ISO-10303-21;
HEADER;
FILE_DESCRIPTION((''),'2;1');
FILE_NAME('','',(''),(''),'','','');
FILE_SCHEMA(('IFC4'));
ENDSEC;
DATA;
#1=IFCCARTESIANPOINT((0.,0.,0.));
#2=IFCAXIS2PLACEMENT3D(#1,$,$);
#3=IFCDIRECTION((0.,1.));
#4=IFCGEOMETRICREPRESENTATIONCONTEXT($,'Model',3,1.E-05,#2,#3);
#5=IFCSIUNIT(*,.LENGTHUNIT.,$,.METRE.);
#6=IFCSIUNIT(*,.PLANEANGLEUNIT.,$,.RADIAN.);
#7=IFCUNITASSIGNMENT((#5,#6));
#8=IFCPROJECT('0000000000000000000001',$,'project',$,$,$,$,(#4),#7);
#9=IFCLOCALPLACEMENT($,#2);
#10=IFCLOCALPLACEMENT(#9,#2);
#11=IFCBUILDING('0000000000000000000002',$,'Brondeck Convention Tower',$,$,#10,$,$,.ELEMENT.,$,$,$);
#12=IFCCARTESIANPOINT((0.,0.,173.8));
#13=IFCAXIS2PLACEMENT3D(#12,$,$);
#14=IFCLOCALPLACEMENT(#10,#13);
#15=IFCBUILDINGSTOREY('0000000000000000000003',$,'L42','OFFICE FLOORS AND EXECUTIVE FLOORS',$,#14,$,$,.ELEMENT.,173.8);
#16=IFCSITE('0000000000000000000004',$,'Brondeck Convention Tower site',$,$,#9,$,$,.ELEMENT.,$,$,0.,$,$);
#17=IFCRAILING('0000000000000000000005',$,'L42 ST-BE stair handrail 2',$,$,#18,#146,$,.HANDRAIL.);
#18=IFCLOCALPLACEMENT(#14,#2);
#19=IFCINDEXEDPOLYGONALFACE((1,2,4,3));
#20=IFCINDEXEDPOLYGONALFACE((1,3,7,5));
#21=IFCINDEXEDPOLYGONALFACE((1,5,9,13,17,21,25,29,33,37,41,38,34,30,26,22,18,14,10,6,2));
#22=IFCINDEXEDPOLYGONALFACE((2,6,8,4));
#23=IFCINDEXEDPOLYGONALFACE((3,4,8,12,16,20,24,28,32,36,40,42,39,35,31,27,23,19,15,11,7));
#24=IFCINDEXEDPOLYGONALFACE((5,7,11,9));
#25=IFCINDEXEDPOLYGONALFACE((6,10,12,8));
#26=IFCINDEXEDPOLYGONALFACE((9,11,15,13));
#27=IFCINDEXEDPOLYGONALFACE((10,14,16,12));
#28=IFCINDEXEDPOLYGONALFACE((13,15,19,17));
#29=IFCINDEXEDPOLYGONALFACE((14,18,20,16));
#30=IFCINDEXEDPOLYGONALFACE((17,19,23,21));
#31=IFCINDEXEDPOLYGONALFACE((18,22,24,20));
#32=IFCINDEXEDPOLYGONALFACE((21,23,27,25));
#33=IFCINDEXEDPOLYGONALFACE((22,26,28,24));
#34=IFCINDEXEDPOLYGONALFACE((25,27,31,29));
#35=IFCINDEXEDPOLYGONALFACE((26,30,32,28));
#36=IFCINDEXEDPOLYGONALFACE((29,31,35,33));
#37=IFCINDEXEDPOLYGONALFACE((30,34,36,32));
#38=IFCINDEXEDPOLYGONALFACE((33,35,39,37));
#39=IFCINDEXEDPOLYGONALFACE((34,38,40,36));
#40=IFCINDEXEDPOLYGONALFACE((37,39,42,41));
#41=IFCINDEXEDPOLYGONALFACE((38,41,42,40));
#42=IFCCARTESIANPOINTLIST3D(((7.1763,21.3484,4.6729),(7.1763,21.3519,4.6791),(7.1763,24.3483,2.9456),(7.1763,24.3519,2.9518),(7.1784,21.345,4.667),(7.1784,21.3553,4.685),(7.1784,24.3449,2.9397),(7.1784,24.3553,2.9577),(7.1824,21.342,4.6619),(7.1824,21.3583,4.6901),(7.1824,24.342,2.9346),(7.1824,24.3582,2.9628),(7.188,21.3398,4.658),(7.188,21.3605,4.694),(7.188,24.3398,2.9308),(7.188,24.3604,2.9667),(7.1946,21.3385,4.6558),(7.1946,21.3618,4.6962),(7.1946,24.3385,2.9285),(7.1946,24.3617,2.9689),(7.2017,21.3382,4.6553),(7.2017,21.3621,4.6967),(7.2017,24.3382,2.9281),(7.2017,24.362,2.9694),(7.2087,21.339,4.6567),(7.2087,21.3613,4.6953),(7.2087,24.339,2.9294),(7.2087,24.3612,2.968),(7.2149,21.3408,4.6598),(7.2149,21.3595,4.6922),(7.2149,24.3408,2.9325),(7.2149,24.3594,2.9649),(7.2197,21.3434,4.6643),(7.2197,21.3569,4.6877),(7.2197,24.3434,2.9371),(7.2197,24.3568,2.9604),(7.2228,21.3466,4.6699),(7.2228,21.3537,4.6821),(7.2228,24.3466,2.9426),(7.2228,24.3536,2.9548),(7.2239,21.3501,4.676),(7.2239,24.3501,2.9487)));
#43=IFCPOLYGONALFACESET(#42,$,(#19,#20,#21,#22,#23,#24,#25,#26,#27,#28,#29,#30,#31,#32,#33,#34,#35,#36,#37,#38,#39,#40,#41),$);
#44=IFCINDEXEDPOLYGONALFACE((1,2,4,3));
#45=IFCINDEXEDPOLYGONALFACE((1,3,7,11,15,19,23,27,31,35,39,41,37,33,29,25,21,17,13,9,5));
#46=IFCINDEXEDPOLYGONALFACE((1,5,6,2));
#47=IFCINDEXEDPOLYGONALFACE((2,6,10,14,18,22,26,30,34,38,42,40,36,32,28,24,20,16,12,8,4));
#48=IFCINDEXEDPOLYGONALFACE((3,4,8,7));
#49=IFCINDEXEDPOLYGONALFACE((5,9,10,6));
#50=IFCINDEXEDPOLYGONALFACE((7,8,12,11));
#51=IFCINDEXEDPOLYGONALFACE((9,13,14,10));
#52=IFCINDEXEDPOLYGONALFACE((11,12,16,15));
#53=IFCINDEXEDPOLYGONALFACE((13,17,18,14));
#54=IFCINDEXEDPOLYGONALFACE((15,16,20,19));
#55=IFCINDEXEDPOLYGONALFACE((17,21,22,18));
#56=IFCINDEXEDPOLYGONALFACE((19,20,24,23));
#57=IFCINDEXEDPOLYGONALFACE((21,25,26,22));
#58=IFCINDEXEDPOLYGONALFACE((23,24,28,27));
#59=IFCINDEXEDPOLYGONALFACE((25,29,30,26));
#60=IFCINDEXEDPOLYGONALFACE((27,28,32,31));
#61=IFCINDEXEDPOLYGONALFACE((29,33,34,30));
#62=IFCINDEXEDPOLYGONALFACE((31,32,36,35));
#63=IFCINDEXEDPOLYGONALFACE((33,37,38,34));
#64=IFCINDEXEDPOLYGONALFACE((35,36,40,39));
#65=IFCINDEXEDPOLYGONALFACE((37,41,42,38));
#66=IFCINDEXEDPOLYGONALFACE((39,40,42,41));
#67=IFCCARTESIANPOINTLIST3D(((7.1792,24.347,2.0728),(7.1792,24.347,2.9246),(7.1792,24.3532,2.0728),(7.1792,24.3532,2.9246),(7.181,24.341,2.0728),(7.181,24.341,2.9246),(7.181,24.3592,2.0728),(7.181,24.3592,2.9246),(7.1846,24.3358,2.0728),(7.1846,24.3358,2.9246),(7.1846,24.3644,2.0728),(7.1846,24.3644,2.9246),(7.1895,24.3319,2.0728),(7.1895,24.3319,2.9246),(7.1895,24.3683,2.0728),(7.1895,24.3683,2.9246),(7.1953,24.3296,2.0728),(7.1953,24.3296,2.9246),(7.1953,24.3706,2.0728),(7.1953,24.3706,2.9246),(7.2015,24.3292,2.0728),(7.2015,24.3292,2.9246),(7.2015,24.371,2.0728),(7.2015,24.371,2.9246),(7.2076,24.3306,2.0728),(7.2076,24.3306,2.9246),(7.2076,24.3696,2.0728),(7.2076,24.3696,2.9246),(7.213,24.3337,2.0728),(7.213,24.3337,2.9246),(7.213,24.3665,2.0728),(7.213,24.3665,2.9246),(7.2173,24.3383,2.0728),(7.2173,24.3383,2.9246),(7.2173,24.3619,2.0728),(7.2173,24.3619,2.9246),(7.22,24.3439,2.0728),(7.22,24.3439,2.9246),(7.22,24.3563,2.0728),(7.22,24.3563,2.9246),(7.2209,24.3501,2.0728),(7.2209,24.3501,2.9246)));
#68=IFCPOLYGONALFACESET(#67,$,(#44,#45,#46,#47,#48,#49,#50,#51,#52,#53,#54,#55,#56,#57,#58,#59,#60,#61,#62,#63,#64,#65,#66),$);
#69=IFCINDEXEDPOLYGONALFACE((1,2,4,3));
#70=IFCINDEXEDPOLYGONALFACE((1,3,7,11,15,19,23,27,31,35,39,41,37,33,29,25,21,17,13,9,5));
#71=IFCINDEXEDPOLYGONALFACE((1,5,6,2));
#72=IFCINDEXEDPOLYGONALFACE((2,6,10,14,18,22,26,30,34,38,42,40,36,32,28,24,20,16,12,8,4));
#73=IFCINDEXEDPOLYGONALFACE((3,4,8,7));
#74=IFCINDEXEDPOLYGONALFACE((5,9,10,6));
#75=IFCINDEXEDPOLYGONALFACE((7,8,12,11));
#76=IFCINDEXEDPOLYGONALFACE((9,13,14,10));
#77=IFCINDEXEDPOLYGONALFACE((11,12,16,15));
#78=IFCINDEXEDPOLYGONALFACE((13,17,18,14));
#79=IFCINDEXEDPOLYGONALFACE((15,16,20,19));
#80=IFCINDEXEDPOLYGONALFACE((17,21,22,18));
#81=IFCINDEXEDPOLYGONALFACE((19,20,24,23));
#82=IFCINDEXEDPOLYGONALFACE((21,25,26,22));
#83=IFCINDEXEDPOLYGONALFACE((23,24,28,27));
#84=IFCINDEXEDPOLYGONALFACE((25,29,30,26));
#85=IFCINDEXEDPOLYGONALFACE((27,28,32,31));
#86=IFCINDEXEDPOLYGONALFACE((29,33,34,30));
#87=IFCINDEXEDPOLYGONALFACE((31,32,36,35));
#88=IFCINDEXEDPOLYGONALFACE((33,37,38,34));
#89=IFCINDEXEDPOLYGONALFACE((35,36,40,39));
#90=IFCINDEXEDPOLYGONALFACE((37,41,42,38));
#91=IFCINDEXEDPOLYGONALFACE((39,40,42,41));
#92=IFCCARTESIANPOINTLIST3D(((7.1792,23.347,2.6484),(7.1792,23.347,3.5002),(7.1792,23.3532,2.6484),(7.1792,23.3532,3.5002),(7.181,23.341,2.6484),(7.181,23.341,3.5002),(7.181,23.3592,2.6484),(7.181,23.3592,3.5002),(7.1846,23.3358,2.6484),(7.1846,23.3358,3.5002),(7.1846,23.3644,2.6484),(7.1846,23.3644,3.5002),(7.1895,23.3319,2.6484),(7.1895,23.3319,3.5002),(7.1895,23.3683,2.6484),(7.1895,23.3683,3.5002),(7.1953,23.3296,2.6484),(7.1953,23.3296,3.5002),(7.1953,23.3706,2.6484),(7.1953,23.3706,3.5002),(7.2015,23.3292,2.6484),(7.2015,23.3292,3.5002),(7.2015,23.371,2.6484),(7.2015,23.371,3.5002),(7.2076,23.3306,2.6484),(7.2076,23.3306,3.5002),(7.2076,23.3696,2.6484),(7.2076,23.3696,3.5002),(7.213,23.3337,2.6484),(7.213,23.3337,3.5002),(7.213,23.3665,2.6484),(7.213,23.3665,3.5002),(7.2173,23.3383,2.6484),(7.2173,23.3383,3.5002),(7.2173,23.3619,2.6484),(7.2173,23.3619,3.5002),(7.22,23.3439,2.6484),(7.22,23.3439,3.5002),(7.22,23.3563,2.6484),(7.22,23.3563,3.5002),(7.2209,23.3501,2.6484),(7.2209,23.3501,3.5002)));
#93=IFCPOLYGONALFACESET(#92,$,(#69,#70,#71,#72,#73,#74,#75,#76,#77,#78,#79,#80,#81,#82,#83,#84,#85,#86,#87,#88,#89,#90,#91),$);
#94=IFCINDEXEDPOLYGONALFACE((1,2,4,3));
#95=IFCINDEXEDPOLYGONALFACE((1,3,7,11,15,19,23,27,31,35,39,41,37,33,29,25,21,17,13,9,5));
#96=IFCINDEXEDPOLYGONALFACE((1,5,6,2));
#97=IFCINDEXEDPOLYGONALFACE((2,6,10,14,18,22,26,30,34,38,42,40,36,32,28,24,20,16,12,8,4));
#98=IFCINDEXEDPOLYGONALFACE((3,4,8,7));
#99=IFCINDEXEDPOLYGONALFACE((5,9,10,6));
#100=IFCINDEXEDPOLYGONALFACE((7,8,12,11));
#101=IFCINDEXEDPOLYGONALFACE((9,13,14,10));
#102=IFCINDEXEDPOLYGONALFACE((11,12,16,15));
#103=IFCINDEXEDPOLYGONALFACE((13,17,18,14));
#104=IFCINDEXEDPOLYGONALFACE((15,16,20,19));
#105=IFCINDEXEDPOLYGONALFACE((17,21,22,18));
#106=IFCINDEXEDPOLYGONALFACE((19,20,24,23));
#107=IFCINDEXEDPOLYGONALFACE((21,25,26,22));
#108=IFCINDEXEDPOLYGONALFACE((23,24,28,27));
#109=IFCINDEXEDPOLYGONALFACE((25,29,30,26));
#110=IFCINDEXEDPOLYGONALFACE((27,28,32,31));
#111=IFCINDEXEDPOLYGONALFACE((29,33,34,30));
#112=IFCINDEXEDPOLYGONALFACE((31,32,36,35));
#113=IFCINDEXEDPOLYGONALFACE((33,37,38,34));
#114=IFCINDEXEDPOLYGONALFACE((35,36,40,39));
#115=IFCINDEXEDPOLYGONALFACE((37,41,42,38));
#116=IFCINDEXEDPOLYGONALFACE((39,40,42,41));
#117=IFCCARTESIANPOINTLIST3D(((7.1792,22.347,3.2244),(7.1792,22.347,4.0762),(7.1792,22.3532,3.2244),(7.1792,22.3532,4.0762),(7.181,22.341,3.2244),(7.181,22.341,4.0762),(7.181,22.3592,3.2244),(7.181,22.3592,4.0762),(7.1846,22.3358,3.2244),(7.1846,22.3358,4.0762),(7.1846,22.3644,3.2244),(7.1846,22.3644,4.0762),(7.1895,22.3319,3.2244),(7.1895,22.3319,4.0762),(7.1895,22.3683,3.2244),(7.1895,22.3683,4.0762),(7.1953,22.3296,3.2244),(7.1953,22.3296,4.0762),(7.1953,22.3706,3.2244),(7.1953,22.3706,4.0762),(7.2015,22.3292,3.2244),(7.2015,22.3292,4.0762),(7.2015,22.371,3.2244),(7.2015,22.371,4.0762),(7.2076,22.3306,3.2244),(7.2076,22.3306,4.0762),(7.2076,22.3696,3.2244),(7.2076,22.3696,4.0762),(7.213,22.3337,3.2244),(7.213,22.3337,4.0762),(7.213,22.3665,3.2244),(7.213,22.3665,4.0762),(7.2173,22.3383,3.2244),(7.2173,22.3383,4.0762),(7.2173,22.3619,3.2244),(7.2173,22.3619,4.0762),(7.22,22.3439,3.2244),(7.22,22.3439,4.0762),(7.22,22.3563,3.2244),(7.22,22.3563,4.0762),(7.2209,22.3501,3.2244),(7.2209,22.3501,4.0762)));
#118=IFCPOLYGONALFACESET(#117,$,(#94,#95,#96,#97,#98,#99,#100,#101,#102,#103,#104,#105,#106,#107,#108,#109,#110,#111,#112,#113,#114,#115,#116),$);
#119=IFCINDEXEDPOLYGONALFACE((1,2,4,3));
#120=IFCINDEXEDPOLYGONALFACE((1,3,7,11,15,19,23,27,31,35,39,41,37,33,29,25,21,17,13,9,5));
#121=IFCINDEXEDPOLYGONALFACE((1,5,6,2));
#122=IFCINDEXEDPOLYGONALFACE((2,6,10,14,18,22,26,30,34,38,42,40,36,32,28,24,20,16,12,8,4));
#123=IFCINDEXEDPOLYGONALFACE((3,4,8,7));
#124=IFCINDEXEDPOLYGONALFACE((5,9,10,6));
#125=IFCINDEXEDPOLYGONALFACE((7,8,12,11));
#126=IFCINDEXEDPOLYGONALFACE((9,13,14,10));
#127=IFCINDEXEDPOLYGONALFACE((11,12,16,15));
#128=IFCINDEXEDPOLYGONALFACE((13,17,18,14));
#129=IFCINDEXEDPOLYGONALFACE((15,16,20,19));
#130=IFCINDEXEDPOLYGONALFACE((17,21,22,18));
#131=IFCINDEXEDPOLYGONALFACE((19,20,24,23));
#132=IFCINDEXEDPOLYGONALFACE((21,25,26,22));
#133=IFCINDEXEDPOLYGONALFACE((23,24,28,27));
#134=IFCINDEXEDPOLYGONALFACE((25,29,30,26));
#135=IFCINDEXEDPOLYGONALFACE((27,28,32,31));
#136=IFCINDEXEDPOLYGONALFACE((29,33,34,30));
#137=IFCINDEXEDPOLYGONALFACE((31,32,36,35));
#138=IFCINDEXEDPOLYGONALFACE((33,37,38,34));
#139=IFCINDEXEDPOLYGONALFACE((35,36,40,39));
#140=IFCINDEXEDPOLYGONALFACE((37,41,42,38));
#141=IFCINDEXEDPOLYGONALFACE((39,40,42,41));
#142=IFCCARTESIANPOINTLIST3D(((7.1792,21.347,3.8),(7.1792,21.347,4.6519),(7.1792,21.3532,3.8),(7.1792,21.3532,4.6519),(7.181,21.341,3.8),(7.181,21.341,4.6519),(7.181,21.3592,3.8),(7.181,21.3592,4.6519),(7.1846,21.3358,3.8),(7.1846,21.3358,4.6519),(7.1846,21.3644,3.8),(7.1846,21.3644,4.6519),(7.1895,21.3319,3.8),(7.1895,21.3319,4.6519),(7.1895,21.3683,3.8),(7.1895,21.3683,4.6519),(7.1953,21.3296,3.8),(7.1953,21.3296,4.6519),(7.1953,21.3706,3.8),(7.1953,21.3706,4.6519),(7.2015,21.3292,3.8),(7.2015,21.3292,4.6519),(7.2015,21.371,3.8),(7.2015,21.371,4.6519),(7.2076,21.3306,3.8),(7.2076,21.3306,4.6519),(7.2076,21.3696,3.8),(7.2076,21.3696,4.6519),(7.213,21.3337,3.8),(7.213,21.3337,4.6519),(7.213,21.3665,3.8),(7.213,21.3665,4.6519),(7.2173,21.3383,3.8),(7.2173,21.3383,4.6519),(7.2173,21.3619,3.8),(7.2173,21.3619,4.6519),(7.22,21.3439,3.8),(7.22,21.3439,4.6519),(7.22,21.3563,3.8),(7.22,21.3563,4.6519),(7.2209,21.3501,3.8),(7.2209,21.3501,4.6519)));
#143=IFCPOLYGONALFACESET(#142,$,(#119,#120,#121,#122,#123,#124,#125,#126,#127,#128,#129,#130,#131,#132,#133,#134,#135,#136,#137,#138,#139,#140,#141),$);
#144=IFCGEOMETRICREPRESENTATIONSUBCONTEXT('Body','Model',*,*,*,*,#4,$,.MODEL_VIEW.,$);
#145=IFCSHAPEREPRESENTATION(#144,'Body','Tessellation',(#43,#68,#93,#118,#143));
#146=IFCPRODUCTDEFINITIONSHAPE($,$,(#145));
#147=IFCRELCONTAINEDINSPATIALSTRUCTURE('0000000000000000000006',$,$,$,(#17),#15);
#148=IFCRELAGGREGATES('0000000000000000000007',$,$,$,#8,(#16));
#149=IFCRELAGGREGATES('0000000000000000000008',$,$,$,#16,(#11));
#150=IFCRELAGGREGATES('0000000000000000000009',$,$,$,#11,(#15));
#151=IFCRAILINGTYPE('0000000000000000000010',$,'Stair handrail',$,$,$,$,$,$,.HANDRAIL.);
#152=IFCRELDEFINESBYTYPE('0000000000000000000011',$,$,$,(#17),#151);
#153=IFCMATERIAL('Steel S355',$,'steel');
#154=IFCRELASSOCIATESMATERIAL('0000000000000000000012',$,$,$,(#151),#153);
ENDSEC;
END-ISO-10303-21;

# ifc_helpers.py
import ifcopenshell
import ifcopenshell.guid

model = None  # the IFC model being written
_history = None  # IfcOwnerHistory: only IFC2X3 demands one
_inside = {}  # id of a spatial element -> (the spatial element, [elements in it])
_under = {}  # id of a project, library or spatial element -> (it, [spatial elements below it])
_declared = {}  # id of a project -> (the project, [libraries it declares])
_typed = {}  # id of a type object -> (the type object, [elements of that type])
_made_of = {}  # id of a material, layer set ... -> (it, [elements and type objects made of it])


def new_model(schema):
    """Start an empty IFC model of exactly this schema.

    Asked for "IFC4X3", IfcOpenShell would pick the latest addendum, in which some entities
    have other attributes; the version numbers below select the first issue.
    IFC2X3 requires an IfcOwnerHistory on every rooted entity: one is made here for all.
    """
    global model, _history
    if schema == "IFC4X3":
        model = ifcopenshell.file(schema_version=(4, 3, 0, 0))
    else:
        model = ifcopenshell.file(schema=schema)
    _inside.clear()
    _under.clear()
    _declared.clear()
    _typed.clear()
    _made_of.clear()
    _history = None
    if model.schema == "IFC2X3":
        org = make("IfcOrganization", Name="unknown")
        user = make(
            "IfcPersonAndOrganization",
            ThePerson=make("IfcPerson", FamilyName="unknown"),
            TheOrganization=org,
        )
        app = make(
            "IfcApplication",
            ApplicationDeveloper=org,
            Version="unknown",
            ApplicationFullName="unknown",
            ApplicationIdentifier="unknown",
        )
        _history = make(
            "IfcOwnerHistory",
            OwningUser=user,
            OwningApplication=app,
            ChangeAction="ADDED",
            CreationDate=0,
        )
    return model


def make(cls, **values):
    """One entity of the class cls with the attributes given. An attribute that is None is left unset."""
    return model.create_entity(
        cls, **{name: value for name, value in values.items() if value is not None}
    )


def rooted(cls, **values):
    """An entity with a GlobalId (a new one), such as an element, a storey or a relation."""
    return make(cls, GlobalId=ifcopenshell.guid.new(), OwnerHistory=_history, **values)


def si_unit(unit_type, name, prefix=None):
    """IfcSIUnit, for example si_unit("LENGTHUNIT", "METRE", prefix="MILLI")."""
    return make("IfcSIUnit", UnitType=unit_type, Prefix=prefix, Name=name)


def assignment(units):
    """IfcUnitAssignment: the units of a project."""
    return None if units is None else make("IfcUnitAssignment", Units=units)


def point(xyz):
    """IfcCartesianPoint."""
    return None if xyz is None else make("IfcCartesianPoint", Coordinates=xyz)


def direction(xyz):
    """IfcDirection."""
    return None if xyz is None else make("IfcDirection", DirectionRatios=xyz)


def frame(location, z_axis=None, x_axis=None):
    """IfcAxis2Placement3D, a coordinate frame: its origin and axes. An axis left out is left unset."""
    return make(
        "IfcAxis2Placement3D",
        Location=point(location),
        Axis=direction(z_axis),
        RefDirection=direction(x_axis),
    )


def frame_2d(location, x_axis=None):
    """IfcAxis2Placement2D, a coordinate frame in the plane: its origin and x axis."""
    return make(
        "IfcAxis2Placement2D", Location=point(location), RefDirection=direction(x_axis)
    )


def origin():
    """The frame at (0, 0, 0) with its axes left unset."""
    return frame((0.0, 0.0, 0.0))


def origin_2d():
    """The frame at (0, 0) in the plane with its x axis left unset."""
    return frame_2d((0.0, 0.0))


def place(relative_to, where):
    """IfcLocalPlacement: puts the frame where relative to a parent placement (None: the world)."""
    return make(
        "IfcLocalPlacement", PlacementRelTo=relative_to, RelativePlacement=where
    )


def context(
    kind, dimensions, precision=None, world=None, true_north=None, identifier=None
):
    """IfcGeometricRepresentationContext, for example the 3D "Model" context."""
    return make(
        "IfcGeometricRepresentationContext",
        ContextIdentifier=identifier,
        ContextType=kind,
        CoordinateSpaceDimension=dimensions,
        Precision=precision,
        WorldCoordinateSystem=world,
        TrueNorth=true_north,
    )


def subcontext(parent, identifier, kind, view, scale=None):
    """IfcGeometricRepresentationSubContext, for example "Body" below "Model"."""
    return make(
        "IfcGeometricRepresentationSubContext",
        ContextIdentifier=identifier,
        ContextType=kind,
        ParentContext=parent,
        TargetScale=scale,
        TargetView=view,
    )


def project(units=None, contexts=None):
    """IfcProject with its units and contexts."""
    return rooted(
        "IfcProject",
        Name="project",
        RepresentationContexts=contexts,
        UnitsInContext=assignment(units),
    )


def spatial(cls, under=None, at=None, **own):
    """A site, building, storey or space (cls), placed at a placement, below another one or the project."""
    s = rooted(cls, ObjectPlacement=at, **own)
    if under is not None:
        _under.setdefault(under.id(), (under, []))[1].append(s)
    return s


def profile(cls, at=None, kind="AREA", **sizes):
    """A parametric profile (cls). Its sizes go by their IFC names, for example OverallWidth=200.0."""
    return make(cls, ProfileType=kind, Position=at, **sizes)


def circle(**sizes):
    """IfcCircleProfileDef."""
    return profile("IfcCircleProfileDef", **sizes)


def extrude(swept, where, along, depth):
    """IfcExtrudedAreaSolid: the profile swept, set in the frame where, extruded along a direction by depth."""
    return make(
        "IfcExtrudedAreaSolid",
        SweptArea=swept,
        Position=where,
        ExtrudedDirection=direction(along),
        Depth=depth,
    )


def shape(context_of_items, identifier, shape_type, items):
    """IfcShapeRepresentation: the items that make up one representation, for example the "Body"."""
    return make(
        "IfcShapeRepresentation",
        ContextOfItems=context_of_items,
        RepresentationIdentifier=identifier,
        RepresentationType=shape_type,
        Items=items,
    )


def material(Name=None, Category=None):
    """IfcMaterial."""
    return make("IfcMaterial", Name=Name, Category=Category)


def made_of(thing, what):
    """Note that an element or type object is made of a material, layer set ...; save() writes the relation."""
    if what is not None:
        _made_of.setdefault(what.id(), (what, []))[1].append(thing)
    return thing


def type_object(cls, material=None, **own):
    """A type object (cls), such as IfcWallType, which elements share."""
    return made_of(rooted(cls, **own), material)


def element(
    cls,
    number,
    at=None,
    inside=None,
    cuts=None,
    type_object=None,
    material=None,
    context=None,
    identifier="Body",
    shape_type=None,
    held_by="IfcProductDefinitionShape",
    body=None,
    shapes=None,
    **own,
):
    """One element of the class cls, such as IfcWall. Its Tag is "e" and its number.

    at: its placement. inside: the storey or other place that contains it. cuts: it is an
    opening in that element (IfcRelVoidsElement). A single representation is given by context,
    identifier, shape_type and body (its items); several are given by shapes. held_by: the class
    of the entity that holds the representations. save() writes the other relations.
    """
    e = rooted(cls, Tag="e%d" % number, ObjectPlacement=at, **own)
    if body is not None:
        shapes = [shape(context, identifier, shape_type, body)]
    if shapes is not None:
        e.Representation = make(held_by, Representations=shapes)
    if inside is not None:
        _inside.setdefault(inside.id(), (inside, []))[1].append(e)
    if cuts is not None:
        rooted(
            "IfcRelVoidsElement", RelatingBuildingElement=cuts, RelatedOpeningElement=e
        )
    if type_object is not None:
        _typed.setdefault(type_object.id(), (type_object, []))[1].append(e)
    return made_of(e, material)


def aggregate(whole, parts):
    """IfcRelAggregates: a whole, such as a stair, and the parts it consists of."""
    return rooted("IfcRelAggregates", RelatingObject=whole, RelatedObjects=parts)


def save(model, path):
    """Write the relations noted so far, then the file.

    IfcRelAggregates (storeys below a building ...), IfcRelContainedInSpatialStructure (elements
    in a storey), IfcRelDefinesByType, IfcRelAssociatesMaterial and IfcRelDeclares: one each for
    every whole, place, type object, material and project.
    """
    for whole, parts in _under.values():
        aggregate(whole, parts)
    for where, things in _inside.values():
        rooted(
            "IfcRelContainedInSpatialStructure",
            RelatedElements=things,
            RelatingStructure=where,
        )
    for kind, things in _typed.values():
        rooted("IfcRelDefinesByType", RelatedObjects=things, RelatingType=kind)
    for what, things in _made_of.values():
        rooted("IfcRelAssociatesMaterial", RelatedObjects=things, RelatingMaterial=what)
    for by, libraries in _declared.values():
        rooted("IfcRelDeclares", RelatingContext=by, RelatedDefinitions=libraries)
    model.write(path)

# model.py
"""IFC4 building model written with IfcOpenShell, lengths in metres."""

from ifc_helpers import new_model, si_unit, direction, frame, origin, origin_2d, place, context, subcontext, project, spatial, circle, extrude, material, type_object, element, save


model = new_model("IFC4")

# Units and contexts
model_context = context("Model", 3, precision=1e-05, world=origin(), true_north=direction((0.0, 1.0)))
body_context = subcontext(model_context, "Body", "Model", "MODEL_VIEW")
ifc_project = project(units=[si_unit("LENGTHUNIT", "METRE"), si_unit("PLANEANGLEUNIT", "RADIAN")], contexts=[model_context])

# Site, building, storey
site_placement = place(None, origin())
site = spatial("IfcSite", under=ifc_project, at=site_placement, Name="Brondeck Convention Tower site", CompositionType="ELEMENT", RefElevation=0.0)
building_placement = place(site_placement, origin())
building = spatial("IfcBuilding", under=site, at=building_placement, Name="Brondeck Convention Tower", CompositionType="ELEMENT")
storey_placement = place(building_placement, frame((0.0, 0.0, 173.8)))
storey = spatial("IfcBuildingStorey", under=building, at=storey_placement, Name="L42", Description="OFFICE FLOORS AND EXECUTIVE FLOORS", CompositionType="ELEMENT", Elevation=173.8)

# Shared definitions
ifc_material_1 = material(Name="Steel S355", Category="steel")

# Railing
railing_type_1 = type_object("IfcRailingType", Name="Stair handrail", PredefinedType="HANDRAIL", material=ifc_material_1)
railing_1_placement = place(storey_placement, frame((7.2, 24.3501, 2.0728)))
element("IfcRailing", 1, at=railing_1_placement, inside=storey, type_object=railing_type_1, Name="L42 ST-BE stair handrail 2", PredefinedType="HANDRAIL", context=body_context, shape_type="SweptSolid", body=[
    extrude(circle(Radius=0.0239, at=origin_2d()), frame((0.0, 0.0, 0.876), z_axis=(0.0, -0.86662, 0.498969), x_axis=(1.0, 0.0, 0.0)), (0.0, 0.0, 1.0), 3.4617),
    extrude(circle(Radius=0.021, at=origin_2d()), origin(), (0.0, 0.0, 1.0), 0.8518),
    extrude(circle(Radius=0.021, at=origin_2d()), frame((0.0, -1.0, 0.5757)), (0.0, 0.0, 1.0), 0.8518),
    extrude(circle(Radius=0.021, at=origin_2d()), frame((0.0, -2.0, 1.1516)), (0.0, 0.0, 1.0), 0.8518),
    extrude(circle(Radius=0.021, at=origin_2d()), frame((0.0, -3.0, 1.7273)), (0.0, 0.0, 1.0), 0.8518),
])

save(model, "model.ifc")
